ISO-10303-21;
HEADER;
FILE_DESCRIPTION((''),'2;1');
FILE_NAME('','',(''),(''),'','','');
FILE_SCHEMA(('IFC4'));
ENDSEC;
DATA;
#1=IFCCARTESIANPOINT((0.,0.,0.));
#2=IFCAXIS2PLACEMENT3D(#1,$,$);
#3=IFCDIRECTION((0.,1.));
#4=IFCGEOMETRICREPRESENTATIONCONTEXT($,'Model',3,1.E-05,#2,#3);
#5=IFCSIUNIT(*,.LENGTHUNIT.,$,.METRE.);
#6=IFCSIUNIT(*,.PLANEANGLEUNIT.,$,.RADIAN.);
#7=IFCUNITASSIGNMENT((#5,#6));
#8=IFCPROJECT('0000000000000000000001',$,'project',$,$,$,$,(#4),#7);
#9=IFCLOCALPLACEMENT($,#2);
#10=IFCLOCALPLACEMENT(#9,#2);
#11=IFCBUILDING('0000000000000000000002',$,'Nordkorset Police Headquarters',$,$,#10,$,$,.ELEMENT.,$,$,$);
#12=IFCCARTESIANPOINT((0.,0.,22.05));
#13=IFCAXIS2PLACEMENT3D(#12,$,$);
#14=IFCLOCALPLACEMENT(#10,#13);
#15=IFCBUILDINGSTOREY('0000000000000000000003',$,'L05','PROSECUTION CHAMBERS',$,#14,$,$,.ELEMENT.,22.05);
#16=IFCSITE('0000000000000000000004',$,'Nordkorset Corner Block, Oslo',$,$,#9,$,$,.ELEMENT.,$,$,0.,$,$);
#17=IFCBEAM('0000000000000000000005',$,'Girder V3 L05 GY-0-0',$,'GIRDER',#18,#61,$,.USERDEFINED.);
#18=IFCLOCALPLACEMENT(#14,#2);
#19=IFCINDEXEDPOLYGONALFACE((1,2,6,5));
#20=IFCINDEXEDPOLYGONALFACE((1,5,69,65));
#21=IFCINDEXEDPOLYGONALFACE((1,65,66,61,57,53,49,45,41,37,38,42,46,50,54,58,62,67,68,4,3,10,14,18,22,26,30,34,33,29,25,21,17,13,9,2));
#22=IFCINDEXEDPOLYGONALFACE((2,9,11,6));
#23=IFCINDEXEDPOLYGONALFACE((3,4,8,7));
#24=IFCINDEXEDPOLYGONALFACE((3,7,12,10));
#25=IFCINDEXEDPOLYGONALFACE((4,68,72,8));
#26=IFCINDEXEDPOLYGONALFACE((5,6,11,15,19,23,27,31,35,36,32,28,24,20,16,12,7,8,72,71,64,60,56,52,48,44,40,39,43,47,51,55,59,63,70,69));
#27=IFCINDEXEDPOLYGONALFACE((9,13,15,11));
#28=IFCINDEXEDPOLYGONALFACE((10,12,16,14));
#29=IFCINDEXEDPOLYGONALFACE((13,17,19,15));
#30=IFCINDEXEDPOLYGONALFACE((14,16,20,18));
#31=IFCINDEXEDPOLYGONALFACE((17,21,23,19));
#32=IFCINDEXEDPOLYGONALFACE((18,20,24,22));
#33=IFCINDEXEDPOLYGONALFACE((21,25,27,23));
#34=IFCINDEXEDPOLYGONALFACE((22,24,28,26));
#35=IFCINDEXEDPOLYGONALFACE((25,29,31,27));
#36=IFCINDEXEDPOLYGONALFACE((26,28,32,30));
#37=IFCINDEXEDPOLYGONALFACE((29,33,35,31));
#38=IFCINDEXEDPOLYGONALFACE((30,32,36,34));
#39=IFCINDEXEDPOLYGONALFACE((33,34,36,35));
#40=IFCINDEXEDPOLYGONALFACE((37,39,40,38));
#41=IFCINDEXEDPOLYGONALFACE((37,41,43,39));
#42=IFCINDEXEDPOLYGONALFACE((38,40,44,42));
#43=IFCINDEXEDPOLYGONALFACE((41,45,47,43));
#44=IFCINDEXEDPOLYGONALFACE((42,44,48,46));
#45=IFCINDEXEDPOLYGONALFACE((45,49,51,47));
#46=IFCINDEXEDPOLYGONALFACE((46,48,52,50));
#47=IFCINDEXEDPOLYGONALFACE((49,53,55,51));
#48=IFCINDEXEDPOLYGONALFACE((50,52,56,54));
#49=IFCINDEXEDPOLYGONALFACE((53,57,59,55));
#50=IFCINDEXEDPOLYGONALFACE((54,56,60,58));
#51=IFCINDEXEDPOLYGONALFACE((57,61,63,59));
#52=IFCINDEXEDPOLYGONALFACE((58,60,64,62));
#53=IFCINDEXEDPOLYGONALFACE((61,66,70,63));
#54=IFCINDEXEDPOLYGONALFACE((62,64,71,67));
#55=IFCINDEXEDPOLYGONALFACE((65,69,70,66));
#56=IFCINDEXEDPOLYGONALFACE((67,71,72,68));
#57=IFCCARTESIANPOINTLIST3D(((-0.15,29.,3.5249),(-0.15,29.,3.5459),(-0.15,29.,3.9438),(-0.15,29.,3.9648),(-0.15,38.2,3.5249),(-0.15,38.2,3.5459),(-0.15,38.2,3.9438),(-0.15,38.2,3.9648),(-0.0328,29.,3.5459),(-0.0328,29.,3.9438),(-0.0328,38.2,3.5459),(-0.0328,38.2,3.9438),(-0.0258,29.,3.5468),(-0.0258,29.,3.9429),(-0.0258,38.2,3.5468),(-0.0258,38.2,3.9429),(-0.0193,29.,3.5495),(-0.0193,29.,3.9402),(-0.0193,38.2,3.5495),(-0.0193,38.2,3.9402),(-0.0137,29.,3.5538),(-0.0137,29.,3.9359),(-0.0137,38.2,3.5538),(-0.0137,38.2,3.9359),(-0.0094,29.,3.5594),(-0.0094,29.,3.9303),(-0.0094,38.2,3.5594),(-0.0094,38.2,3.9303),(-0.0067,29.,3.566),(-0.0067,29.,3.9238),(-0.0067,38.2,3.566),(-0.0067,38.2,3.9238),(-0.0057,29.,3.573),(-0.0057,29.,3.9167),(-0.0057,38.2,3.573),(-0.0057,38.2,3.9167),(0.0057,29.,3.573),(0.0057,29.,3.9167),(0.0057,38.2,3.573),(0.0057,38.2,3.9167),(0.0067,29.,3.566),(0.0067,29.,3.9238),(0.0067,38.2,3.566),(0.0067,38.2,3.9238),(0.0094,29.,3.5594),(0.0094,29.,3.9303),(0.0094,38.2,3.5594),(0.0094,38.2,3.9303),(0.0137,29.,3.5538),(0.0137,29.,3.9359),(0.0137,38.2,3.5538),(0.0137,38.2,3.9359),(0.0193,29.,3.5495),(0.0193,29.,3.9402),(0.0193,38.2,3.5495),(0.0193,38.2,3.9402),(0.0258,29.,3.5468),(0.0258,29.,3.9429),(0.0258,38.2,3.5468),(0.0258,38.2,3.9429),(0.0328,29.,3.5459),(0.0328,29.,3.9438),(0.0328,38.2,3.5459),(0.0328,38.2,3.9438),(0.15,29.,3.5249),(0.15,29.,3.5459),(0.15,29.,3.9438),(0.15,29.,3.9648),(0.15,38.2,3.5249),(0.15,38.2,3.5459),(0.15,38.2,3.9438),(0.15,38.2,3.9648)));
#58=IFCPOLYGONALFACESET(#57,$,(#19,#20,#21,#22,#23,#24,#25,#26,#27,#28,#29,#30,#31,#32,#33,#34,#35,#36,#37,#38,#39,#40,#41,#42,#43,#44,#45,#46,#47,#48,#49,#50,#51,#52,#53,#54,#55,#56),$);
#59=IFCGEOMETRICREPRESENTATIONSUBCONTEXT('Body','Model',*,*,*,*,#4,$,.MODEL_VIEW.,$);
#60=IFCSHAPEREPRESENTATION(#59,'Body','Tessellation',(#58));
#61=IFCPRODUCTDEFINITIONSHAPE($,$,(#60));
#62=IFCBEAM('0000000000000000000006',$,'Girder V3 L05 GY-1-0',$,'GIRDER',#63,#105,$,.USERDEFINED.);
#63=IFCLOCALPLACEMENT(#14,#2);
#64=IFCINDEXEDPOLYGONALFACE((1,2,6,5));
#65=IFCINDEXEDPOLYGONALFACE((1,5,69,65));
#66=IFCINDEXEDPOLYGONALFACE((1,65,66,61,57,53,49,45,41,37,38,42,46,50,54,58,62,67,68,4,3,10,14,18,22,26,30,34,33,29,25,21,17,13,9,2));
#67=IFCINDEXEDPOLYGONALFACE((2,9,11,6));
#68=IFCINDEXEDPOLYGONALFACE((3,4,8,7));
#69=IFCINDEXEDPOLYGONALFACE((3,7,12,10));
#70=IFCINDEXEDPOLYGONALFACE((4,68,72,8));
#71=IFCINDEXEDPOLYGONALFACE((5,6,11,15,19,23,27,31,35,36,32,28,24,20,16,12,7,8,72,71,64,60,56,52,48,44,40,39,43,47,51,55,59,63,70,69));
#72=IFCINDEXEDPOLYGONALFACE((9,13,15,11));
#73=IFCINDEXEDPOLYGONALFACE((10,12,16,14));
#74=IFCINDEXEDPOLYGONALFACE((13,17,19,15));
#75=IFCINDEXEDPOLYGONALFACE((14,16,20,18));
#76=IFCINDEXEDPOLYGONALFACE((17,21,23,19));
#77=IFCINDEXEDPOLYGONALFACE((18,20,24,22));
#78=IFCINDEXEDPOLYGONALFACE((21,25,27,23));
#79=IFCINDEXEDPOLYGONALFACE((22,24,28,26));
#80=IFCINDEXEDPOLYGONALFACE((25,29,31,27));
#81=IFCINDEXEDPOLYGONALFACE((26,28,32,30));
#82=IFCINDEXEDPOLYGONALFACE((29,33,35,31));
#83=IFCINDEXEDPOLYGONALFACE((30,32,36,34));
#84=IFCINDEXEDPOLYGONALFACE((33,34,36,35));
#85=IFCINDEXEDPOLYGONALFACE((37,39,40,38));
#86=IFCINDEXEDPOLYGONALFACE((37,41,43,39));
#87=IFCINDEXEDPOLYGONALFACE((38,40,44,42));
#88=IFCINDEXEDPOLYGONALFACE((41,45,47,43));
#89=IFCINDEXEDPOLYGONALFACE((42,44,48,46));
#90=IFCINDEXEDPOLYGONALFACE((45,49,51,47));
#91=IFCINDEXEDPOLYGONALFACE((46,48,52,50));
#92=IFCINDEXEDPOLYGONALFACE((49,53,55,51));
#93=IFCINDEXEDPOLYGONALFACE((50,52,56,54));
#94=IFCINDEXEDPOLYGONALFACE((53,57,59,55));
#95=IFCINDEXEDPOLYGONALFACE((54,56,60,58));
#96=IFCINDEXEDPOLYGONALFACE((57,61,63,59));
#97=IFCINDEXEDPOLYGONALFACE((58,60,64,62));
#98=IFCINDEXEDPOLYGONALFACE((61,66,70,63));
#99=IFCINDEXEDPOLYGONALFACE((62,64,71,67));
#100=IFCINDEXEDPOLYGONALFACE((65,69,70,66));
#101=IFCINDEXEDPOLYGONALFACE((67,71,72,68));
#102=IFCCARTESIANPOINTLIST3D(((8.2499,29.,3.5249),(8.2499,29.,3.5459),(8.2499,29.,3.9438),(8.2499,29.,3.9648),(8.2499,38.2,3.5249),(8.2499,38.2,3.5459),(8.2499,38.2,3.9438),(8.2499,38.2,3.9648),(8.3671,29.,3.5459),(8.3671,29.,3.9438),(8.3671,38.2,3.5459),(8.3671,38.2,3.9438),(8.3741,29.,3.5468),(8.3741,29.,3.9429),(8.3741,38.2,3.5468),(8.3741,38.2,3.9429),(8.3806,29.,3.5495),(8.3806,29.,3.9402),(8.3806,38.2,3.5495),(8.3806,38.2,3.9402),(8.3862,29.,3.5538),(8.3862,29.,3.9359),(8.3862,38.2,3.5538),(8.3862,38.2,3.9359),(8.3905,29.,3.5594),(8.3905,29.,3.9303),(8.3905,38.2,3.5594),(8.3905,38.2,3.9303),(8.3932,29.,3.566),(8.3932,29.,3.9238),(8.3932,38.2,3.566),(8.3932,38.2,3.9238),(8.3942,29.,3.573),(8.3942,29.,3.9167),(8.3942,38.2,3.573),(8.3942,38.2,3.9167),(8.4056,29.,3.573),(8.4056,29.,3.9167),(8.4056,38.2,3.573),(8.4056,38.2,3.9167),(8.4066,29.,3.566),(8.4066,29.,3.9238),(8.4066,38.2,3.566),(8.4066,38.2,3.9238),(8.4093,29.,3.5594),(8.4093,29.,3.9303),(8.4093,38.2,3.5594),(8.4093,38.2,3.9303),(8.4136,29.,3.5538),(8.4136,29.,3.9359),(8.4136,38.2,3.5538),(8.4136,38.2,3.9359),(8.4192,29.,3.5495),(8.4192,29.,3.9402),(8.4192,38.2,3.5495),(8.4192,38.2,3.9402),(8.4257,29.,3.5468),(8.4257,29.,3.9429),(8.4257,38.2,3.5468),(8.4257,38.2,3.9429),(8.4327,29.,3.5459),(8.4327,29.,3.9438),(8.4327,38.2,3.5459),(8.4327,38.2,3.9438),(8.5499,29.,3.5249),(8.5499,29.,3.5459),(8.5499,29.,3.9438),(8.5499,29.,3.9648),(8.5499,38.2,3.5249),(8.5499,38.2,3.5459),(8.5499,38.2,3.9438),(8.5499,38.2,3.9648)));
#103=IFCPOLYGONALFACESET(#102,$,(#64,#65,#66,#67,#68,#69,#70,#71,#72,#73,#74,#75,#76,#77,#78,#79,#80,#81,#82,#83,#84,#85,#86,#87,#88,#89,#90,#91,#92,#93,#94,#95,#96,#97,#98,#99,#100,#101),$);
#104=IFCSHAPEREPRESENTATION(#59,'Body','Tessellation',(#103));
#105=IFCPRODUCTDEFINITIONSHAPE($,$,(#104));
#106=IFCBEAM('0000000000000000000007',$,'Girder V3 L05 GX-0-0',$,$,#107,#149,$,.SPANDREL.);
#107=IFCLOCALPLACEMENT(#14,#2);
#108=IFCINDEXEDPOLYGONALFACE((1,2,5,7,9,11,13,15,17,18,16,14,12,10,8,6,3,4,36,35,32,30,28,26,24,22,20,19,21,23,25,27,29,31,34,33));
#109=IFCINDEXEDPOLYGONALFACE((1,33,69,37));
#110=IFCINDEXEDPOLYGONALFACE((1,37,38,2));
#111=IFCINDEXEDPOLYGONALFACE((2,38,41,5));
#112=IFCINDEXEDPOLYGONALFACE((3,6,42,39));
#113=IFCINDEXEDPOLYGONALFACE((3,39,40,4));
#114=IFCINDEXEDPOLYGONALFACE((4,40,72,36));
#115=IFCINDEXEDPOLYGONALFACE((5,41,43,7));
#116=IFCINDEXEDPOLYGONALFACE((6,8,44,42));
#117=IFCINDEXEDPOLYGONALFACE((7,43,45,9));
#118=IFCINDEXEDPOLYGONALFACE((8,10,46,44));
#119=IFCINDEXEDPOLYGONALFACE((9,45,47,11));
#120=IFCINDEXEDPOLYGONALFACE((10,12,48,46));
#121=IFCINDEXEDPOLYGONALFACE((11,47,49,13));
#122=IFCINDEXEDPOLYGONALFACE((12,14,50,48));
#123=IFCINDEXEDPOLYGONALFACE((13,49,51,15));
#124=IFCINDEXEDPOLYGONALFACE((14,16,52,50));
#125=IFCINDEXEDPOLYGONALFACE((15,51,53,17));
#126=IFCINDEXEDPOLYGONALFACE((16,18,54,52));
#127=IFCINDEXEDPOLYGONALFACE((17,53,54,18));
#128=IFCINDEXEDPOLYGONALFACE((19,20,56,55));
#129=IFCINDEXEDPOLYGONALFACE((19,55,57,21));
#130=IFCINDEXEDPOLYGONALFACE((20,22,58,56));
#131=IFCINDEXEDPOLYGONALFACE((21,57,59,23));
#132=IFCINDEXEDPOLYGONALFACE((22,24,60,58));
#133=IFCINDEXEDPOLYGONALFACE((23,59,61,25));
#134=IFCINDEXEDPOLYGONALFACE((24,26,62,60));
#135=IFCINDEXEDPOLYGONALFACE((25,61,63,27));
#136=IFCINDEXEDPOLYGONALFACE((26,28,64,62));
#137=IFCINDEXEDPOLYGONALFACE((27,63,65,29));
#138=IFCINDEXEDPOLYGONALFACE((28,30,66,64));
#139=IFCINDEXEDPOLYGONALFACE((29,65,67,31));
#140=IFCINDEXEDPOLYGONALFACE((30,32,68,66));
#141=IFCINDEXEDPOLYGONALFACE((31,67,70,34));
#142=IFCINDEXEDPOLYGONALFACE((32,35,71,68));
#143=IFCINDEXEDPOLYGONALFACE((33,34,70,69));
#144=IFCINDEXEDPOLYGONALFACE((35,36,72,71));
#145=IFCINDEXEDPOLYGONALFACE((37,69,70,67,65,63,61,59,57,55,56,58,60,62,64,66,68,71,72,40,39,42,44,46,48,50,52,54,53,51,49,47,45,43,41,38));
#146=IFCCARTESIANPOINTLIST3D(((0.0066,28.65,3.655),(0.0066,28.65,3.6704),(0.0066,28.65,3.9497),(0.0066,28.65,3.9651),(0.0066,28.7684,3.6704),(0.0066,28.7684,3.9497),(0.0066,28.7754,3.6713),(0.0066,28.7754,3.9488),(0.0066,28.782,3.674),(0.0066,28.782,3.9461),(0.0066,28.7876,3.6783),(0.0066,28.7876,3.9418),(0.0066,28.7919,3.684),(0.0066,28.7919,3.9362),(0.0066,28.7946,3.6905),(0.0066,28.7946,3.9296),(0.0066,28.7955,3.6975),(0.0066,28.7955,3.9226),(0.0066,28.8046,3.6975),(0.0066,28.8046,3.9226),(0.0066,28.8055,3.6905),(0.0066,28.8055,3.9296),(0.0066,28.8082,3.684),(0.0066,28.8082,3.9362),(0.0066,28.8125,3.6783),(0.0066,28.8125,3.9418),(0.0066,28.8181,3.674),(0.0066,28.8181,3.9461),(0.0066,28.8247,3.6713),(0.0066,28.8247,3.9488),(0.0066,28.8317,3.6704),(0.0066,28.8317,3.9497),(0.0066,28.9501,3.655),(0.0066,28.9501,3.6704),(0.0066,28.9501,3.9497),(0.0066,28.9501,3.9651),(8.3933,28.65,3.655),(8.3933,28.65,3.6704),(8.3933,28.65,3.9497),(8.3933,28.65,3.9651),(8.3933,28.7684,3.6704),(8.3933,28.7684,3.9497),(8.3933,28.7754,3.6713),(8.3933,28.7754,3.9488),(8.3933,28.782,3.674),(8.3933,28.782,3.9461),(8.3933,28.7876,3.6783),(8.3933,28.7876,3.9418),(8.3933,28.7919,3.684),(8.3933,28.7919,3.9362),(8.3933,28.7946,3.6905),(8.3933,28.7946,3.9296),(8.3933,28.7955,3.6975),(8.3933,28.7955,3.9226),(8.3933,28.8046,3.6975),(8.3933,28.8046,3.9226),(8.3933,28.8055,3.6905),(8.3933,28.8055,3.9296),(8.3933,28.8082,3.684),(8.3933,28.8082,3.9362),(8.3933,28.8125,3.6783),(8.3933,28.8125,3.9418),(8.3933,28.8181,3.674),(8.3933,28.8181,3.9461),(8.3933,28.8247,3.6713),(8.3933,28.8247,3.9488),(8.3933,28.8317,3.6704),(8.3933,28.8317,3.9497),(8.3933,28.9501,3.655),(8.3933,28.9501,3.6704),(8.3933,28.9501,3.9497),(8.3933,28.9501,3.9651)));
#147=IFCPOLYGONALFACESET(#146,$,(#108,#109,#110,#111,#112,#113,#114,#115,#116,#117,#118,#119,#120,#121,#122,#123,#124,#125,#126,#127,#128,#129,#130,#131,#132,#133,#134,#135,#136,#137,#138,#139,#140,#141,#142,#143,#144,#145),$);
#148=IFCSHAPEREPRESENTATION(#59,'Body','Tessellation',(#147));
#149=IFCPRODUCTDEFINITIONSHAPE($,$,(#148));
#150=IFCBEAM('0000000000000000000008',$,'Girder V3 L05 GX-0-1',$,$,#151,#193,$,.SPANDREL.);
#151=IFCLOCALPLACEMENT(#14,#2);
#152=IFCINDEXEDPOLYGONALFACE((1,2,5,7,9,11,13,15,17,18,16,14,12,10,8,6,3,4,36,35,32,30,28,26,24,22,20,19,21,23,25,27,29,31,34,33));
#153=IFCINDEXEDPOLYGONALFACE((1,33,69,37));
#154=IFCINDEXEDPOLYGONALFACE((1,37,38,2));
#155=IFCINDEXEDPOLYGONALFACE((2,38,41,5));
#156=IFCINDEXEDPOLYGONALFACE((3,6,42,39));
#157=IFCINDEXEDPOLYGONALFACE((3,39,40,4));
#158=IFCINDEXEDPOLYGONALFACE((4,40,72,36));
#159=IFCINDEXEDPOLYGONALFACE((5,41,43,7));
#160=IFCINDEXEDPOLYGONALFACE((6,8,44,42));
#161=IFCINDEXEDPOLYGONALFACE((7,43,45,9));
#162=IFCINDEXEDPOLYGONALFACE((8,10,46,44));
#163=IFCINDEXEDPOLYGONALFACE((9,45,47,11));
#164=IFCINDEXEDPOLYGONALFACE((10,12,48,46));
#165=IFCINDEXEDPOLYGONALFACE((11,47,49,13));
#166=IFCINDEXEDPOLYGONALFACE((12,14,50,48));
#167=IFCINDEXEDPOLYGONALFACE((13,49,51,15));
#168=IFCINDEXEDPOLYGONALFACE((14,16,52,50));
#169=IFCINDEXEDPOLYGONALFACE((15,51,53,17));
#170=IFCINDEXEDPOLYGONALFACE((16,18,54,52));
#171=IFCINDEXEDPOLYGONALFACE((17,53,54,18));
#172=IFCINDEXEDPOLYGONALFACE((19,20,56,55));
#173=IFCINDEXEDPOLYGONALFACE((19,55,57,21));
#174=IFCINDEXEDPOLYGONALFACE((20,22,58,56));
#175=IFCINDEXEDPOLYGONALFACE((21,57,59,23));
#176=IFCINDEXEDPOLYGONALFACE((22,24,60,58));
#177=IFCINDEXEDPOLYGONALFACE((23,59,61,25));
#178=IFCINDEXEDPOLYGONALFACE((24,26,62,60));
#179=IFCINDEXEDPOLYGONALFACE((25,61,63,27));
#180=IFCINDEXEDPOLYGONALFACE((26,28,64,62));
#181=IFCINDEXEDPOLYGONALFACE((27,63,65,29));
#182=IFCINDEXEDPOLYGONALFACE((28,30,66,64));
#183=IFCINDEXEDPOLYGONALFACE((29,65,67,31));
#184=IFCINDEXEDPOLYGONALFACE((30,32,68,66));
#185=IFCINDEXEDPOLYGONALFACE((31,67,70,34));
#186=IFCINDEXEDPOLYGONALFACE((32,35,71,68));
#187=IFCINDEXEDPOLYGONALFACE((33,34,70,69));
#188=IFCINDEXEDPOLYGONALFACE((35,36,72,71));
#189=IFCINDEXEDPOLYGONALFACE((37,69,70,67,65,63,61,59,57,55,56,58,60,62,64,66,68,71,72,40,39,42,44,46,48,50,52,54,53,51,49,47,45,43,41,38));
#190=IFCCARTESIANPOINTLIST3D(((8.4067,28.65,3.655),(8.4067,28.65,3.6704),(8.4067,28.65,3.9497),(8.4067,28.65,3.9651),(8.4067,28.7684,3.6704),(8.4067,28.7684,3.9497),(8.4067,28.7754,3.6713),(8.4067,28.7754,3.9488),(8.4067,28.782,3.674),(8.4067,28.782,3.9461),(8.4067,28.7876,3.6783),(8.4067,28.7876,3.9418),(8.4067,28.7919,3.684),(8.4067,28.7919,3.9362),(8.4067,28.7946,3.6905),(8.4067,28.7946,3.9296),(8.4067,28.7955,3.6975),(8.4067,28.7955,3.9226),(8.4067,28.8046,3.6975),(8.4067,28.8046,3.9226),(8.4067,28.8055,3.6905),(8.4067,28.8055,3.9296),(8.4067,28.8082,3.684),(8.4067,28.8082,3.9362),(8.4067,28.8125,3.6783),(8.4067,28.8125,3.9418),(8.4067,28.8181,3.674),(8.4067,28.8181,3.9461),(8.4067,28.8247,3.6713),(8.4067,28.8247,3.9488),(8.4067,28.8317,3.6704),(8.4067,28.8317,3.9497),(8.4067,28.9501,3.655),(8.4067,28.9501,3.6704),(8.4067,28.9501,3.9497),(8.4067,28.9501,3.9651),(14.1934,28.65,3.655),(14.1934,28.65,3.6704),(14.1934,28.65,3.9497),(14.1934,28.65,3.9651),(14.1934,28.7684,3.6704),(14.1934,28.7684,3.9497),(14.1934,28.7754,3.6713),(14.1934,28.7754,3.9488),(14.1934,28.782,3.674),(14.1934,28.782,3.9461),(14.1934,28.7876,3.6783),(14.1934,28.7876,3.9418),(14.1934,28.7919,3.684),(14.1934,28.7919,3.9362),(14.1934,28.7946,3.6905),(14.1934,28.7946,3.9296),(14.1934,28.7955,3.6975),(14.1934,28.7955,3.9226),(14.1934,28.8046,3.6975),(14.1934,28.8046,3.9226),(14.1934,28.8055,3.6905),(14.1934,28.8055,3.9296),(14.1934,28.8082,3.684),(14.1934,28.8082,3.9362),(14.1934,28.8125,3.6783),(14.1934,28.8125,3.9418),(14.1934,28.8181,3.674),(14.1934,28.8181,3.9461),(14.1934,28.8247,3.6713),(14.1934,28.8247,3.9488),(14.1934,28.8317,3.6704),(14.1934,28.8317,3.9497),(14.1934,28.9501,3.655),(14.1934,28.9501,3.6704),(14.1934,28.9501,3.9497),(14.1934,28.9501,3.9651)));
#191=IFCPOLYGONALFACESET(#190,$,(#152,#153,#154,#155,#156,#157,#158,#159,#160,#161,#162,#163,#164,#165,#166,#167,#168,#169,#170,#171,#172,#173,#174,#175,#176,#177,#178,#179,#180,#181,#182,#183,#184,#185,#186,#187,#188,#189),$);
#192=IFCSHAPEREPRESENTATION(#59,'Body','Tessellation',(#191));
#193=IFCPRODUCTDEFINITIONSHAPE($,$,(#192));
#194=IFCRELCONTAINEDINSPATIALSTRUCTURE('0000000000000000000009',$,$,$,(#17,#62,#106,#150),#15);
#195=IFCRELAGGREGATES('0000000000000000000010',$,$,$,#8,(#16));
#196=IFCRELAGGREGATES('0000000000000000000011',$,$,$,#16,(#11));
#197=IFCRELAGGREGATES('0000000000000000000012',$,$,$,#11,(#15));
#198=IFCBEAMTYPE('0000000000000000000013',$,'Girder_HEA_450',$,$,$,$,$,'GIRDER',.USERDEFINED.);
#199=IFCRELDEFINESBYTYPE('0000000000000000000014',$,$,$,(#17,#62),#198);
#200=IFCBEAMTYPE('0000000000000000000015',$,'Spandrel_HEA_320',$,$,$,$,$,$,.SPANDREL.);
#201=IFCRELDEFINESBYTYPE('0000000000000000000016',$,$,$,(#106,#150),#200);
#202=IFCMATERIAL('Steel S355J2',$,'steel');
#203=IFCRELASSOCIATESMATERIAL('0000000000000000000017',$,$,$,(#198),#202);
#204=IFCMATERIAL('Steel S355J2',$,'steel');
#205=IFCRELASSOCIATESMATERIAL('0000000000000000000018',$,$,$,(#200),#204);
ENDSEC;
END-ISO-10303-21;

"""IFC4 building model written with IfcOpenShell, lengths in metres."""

from ifc_helpers import new_model, si_unit, direction, frame, origin, origin_2d, place, context, subcontext, project, spatial, i_section, extrude, material, material_profile, profile_set, type_object, element, save


model = new_model("IFC4")

# Units and contexts
model_context = context("Model", 3, precision=1e-05, world=origin(), true_north=direction((0.0, 1.0)))
body_context = subcontext(model_context, "Body", "Model", "MODEL_VIEW")
ifc_project = project(units=[si_unit("LENGTHUNIT", "METRE"), si_unit("PLANEANGLEUNIT", "RADIAN")], contexts=[model_context])

# Site, building, storey
site_placement = place(None, origin())
site = spatial("IfcSite", under=ifc_project, at=site_placement, Name="Nordkorset Corner Block, Oslo", CompositionType="ELEMENT", RefElevation=0.0)
building_placement = place(site_placement, origin())
building = spatial("IfcBuilding", under=site, at=building_placement, Name="Nordkorset Police Headquarters", CompositionType="ELEMENT")
storey_placement = place(building_placement, frame((0.0, 0.0, 22.05)))
storey = spatial("IfcBuildingStorey", under=building, at=storey_placement, Name="L05", Description="PROSECUTION CHAMBERS", CompositionType="ELEMENT", Elevation=22.05)

# Beams
ifc_material_1 = material(Name="Steel S355J2", Category="steel")
ifc_material_profile_1 = material_profile(ifc_material_1, i_section(OverallWidth=0.3, OverallDepth=0.4399, WebThickness=0.0115, FlangeThickness=0.021, FilletRadius=0.0271, at=origin_2d()), Name="HEA 450")
ifc_profile_set_1 = profile_set([ifc_material_profile_1], Name="Steel S355J2")
beam_type_1 = type_object("IfcBeamType", Name="Girder_HEA_450", ElementType="GIRDER", PredefinedType="USERDEFINED", material=ifc_profile_set_1)
for number, where, z_axis, x_axis, name in (
    (1, (0.0, 29.0, 3.7449), (0.0, 1.0, 0.0), (-1.0, 0.0, 0.0), "Girder V3 L05 GY-0-0"),
    (2, (8.3999, 29.0, 3.7449), (0.0, 1.0, 0.0), (-1.0, 0.0, 0.0), "Girder V3 L05 GY-1-0"),
):
    element("IfcBeam", number, at=place(storey_placement, frame(where, z_axis=z_axis, x_axis=x_axis)), inside=storey, type_object=beam_type_1, Name=name, ObjectType="GIRDER", PredefinedType="USERDEFINED", context=body_context, shape_type="SweptSolid", body=[
        extrude(i_section(OverallWidth=0.3, OverallDepth=0.4399, WebThickness=0.0115, FlangeThickness=0.021, FilletRadius=0.0271, at=origin_2d()), origin(), (0.0, 0.0, 1.0), 9.2),
    ])
ifc_material_2 = material(Name="Steel S355J2", Category="steel")
ifc_material_profile_2 = material_profile(ifc_material_2, i_section(OverallWidth=0.3, OverallDepth=0.3101, WebThickness=0.009, FlangeThickness=0.0154, FilletRadius=0.0271, at=origin_2d()), Name="HEA 320")
ifc_profile_set_2 = profile_set([ifc_material_profile_2], Name="Steel S355J2")
beam_type_2 = type_object("IfcBeamType", Name="Spandrel_HEA_320", PredefinedType="SPANDREL", material=ifc_profile_set_2)
beam_1_placement = place(storey_placement, frame((0.0066, 28.8, 3.8101), z_axis=(1.0, 0.0, 0.0), x_axis=(0.0, 1.0, 0.0)))
element("IfcBeam", 3, at=beam_1_placement, inside=storey, type_object=beam_type_2, Name="Girder V3 L05 GX-0-0", PredefinedType="SPANDREL", context=body_context, shape_type="SweptSolid", body=[
    extrude(i_section(OverallWidth=0.3, OverallDepth=0.3101, WebThickness=0.009, FlangeThickness=0.0154, FilletRadius=0.0271, at=origin_2d()), origin(), (0.0, 0.0, 1.0), 8.3867),
])
beam_2_placement = place(storey_placement, frame((8.4067, 28.8, 3.8101), z_axis=(1.0, 0.0, 0.0), x_axis=(0.0, 1.0, 0.0)))
element("IfcBeam", 4, at=beam_2_placement, inside=storey, type_object=beam_type_2, Name="Girder V3 L05 GX-0-1", PredefinedType="SPANDREL", context=body_context, shape_type="SweptSolid", body=[
    extrude(i_section(OverallWidth=0.3, OverallDepth=0.3101, WebThickness=0.009, FlangeThickness=0.0154, FilletRadius=0.0271, at=origin_2d()), origin(), (0.0, 0.0, 1.0), 5.7866),
])

save(model, "model.ifc")
